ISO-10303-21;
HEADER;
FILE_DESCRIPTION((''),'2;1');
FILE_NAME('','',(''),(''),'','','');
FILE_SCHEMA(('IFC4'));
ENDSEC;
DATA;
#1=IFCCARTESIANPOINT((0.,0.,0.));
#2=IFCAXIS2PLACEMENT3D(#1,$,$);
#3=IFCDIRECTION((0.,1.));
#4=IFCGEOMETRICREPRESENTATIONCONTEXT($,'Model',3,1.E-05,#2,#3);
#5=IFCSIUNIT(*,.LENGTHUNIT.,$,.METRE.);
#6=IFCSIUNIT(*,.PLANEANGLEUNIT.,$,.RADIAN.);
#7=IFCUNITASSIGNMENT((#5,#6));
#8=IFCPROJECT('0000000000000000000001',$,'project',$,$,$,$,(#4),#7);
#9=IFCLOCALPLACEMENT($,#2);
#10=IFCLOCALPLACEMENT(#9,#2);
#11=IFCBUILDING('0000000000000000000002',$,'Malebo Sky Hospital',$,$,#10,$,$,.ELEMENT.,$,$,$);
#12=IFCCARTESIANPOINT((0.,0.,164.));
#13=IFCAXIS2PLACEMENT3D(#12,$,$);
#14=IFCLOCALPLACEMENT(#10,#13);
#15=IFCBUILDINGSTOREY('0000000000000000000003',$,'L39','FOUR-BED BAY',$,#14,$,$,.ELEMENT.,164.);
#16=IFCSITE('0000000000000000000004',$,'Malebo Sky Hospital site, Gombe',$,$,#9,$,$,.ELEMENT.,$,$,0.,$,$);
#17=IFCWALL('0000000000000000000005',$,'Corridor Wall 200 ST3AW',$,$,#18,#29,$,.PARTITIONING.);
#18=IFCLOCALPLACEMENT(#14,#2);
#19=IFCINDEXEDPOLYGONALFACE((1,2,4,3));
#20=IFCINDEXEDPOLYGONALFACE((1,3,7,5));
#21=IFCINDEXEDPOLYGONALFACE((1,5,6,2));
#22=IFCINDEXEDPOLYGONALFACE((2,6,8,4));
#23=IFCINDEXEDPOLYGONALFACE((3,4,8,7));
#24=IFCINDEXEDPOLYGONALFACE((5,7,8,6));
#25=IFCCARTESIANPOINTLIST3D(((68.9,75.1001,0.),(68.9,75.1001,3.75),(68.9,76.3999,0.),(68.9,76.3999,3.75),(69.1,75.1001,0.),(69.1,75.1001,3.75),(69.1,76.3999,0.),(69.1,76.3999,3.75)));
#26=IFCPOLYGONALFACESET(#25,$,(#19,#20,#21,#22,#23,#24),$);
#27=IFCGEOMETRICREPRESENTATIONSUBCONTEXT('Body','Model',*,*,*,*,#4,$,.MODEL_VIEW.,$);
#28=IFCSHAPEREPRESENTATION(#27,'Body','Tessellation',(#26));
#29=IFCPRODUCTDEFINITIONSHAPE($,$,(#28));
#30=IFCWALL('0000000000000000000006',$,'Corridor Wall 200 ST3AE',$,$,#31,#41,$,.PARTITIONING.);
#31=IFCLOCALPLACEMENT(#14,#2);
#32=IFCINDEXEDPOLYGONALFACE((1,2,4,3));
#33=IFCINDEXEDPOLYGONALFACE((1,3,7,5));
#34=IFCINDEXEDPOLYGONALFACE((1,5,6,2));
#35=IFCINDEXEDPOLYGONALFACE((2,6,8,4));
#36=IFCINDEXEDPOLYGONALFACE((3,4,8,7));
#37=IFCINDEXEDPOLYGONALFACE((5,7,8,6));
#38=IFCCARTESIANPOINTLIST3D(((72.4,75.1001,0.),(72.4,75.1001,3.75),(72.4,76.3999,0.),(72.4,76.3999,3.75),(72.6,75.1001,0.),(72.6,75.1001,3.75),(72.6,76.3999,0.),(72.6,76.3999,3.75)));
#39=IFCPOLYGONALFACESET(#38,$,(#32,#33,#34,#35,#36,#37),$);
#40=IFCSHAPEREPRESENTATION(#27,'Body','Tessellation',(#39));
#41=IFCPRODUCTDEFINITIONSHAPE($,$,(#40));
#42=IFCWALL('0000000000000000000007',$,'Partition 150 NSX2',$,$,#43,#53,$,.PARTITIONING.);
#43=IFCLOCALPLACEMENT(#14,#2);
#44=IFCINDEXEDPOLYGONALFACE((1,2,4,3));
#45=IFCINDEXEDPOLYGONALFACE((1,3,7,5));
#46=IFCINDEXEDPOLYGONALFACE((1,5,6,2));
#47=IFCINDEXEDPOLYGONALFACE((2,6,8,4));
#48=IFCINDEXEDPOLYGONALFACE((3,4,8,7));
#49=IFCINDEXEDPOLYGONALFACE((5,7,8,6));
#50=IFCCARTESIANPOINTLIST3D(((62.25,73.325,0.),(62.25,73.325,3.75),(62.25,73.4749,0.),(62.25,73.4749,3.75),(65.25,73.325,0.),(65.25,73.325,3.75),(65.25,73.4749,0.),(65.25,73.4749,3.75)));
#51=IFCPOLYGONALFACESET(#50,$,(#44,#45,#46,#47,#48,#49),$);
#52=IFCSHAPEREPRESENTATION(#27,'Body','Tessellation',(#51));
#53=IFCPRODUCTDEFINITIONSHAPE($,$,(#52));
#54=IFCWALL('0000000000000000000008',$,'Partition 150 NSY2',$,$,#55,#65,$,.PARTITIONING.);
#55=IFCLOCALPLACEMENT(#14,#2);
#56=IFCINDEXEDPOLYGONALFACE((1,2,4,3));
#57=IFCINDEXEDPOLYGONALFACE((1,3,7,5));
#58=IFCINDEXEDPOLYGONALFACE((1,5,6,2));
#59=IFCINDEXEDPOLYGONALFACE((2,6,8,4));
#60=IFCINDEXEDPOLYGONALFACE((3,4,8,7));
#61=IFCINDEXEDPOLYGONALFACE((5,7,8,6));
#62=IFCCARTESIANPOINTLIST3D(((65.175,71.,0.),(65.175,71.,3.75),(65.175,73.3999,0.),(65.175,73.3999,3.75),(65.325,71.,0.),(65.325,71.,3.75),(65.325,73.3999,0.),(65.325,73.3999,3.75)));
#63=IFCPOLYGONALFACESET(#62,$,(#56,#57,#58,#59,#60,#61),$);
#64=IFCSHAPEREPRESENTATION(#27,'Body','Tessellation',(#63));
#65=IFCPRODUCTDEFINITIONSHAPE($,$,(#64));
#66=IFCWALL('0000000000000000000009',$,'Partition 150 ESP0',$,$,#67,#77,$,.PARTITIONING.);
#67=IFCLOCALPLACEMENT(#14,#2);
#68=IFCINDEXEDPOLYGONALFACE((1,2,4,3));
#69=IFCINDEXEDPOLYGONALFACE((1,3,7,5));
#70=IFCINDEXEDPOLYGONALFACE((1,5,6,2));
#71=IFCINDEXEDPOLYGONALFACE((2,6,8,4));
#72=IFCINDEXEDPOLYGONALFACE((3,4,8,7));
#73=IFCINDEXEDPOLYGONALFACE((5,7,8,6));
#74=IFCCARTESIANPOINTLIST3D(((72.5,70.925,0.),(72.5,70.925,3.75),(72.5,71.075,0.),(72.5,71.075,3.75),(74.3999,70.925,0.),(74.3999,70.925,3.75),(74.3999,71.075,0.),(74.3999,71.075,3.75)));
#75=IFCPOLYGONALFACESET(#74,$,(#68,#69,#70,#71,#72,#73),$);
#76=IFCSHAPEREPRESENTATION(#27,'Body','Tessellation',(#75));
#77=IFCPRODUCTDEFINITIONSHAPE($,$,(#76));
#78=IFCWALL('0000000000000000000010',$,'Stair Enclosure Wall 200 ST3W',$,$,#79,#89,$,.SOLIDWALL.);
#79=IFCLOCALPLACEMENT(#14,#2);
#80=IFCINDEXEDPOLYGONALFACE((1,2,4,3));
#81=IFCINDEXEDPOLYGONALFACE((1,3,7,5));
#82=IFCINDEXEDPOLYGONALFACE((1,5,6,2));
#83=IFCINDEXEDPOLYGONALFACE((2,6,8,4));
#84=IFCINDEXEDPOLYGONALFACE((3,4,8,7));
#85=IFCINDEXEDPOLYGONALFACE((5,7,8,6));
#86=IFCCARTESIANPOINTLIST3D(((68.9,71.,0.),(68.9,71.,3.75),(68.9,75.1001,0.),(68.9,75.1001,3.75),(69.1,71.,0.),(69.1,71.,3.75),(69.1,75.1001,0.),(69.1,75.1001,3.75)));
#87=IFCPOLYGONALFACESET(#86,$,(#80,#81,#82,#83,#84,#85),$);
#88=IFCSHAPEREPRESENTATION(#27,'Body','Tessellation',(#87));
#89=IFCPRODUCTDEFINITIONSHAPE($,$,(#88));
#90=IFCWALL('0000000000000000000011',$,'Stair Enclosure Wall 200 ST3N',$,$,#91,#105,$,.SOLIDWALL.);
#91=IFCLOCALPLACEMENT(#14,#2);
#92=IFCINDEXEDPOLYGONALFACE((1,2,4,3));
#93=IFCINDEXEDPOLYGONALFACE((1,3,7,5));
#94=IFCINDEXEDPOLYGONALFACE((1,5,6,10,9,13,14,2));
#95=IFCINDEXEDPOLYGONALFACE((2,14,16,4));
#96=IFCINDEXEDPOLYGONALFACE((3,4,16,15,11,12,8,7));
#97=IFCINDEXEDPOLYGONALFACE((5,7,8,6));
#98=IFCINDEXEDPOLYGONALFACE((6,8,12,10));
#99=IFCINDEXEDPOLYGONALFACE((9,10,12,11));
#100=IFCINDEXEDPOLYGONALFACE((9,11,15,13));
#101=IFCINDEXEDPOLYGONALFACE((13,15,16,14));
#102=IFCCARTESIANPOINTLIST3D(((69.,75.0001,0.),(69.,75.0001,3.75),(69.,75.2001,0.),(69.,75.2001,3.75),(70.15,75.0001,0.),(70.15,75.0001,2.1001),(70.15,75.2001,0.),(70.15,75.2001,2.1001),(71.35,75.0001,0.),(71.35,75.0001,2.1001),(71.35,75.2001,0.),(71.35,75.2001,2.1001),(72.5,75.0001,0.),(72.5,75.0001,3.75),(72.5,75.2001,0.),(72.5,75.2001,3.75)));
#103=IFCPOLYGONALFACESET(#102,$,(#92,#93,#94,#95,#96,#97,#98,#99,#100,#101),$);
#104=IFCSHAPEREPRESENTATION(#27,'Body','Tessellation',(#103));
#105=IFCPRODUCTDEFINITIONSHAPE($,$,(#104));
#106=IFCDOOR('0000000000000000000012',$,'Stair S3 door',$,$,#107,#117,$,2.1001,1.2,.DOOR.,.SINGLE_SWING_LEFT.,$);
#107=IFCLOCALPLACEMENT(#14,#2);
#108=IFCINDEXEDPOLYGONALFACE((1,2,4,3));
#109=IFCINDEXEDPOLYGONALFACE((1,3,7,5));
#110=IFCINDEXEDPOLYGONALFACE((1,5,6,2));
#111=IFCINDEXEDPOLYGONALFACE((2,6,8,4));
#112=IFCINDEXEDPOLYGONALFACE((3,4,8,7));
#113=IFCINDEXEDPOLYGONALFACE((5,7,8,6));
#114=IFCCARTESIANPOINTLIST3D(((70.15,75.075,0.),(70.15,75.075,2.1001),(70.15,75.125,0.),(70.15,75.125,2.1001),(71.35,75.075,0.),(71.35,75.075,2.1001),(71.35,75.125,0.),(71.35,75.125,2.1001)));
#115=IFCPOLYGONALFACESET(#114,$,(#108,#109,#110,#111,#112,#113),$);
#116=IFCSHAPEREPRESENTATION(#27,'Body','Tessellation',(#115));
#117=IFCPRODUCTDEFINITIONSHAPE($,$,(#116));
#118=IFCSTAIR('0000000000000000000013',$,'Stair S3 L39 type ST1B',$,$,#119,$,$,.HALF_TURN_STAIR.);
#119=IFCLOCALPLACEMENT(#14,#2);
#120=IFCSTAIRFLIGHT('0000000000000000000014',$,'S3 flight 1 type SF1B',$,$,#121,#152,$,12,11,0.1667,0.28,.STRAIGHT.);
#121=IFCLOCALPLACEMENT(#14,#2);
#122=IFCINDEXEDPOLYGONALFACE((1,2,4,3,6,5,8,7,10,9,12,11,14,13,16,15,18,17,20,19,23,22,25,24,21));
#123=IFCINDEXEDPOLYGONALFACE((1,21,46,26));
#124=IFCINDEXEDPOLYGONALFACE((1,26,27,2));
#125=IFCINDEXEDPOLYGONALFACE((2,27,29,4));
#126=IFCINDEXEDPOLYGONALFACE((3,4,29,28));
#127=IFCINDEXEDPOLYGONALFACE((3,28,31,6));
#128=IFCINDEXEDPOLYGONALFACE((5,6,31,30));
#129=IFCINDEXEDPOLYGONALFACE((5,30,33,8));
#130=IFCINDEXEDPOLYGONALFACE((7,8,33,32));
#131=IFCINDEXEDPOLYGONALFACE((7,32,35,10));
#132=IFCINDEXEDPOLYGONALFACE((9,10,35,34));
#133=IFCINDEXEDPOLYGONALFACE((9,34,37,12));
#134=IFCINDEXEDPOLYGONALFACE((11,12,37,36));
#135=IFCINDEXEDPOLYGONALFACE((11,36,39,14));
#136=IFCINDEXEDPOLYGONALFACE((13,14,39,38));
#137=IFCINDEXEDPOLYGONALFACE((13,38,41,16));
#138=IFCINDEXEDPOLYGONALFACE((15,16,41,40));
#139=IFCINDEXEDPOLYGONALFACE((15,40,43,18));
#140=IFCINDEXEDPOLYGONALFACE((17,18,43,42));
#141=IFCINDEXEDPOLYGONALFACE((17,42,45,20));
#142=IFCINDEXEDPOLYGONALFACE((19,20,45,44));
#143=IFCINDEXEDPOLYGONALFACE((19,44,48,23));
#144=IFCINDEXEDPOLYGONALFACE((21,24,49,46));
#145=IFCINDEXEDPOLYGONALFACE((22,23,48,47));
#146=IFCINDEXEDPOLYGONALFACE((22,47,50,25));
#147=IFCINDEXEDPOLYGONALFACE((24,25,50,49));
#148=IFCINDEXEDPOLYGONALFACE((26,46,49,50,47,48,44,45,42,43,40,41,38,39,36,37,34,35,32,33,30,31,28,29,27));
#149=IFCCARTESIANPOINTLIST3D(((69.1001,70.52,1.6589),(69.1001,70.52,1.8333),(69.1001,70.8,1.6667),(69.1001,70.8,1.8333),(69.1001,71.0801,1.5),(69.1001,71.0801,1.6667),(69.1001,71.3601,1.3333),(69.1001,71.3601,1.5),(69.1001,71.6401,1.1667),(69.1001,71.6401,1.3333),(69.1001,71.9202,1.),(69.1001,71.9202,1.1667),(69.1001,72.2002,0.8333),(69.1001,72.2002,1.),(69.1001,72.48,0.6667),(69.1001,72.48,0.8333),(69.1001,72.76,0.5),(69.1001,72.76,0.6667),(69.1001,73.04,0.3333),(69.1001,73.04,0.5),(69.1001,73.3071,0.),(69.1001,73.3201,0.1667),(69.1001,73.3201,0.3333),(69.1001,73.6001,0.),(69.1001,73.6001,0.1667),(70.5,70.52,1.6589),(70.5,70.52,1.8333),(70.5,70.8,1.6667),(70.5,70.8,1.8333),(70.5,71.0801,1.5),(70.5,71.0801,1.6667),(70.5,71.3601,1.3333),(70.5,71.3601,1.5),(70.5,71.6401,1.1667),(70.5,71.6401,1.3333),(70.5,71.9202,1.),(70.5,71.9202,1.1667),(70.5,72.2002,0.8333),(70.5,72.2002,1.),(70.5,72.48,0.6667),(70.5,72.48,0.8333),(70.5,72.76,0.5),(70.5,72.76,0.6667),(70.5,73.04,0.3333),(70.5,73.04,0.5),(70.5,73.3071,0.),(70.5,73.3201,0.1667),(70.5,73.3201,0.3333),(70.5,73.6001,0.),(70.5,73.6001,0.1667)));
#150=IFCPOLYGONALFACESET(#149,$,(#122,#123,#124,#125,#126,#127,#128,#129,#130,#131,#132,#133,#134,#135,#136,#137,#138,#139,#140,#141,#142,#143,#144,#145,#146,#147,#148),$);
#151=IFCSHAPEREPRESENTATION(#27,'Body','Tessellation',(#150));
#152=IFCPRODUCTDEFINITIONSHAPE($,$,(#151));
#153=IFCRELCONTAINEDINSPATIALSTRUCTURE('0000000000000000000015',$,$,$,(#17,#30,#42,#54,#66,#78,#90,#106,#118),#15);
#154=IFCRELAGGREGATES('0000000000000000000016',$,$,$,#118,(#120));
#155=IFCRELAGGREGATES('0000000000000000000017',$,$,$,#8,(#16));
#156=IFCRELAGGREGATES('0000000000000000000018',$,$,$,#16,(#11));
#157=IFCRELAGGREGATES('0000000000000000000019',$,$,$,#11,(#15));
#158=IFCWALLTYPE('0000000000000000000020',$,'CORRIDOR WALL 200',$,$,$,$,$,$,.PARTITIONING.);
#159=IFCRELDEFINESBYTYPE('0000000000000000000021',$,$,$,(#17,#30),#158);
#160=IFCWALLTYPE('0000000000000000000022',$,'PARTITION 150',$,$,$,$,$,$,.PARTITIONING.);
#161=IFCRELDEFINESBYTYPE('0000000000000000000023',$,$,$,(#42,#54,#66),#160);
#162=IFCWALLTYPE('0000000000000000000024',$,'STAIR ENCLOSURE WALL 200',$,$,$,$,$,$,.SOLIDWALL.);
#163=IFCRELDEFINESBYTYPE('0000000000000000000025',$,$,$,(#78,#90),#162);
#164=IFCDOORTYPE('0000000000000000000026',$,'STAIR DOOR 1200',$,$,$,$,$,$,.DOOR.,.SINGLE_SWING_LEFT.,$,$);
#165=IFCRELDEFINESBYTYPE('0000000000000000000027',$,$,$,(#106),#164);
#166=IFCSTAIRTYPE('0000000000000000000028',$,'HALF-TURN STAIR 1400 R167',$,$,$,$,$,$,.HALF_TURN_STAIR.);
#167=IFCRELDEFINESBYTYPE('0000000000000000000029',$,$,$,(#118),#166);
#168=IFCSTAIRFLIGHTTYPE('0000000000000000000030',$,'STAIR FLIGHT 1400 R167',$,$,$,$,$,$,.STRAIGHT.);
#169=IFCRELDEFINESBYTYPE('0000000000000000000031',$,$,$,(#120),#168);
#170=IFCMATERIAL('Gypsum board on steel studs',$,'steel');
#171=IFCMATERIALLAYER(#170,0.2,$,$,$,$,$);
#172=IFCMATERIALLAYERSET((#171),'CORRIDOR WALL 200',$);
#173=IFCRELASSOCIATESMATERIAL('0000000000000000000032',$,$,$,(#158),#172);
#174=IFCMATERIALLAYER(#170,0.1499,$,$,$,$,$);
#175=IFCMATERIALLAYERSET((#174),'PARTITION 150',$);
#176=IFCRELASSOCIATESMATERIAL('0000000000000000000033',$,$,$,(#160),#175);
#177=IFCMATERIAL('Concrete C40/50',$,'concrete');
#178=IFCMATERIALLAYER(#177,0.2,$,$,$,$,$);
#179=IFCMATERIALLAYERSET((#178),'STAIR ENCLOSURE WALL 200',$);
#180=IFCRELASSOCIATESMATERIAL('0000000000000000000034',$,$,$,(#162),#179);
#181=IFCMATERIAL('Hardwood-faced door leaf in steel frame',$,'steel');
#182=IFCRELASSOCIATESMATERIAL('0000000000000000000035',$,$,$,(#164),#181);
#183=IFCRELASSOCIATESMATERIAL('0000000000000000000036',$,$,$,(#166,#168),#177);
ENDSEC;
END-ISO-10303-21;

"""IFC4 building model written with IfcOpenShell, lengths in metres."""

from ifc_helpers import new_model, si_unit, direction, frame, frame_2d, origin, place, context, subcontext, project, spatial, polyline, rectangle, outline, extrude, material, layer, layer_set, type_object, element, fill, aggregate, save


model = new_model("IFC4")

# Units and contexts
model_context = context("Model", 3, precision=1e-05, world=origin(), true_north=direction((0.0, 1.0)))
body_context = subcontext(model_context, "Body", "Model", "MODEL_VIEW")
ifc_project = project(units=[si_unit("LENGTHUNIT", "METRE"), si_unit("PLANEANGLEUNIT", "RADIAN")], contexts=[model_context])

# Site, building, storey
site_placement = place(None, origin())
site = spatial("IfcSite", under=ifc_project, at=site_placement, Name="Malebo Sky Hospital site, Gombe", CompositionType="ELEMENT", RefElevation=0.0)
building_placement = place(site_placement, origin())
building = spatial("IfcBuilding", under=site, at=building_placement, Name="Malebo Sky Hospital", CompositionType="ELEMENT")
storey_placement = place(building_placement, frame((0.0, 0.0, 164.0)))
storey = spatial("IfcBuildingStorey", under=building, at=storey_placement, Name="L39", Description="FOUR-BED BAY", CompositionType="ELEMENT", Elevation=164.0)

# Walls
ifc_material_1 = material(Name="Gypsum board on steel studs", Category="steel")
ifc_layer_1 = layer(ifc_material_1, 0.2)
ifc_layer_set_1 = layer_set([ifc_layer_1], Name="CORRIDOR WALL 200")
wall_type_1 = type_object("IfcWallType", Name="CORRIDOR WALL 200", PredefinedType="PARTITIONING", material=ifc_layer_set_1)
for number, where, z_axis, x_axis, name in (
    (1, (69.0, 75.1001, 0.0), (0.0, 0.0, 1.0), (0.0, 1.0, 0.0), "Corridor Wall 200 ST3AW"),
    (2, (72.5, 75.1001, 0.0), (0.0, 0.0, 1.0), (0.0, 1.0, 0.0), "Corridor Wall 200 ST3AE"),
):
    element("IfcWall", number, at=place(storey_placement, frame(where, z_axis=z_axis, x_axis=x_axis)), inside=storey, type_object=wall_type_1, Name=name, PredefinedType="PARTITIONING", context=body_context, shape_type="SweptSolid", body=[
        extrude(rectangle(XDim=1.2998, YDim=0.2, at=frame_2d((0.6499, 0.0))), origin(), (0.0, 0.0, 1.0), 3.75),
    ])
ifc_layer_2 = layer(ifc_material_1, 0.1499)
ifc_layer_set_2 = layer_set([ifc_layer_2], Name="PARTITION 150")
wall_type_2 = type_object("IfcWallType", Name="PARTITION 150", PredefinedType="PARTITIONING", material=ifc_layer_set_2)
wall_1_placement = place(storey_placement, frame((62.25, 73.3999, 0.0), z_axis=(0.0, 0.0, 1.0), x_axis=(1.0, 0.0, 0.0)))
element("IfcWall", 3, at=wall_1_placement, inside=storey, type_object=wall_type_2, Name="Partition 150 NSX2", PredefinedType="PARTITIONING", context=body_context, shape_type="SweptSolid", body=[
    extrude(rectangle(XDim=3.0, YDim=0.1499, at=frame_2d((1.5, 0.0))), origin(), (0.0, 0.0, 1.0), 3.75),
])
wall_2_placement = place(storey_placement, frame((65.25, 71.0, 0.0), z_axis=(0.0, 0.0, 1.0), x_axis=(0.0, 1.0, 0.0)))
element("IfcWall", 4, at=wall_2_placement, inside=storey, type_object=wall_type_2, Name="Partition 150 NSY2", PredefinedType="PARTITIONING", context=body_context, shape_type="SweptSolid", body=[
    extrude(rectangle(XDim=2.3999, YDim=0.1499, at=frame_2d((1.2, 0.0))), origin(), (0.0, 0.0, 1.0), 3.75),
])
wall_3_placement = place(storey_placement, frame((72.5, 71.0, 0.0), z_axis=(0.0, 0.0, 1.0), x_axis=(1.0, 0.0, 0.0)))
element("IfcWall", 5, at=wall_3_placement, inside=storey, type_object=wall_type_2, Name="Partition 150 ESP0", PredefinedType="PARTITIONING", context=body_context, shape_type="SweptSolid", body=[
    extrude(rectangle(XDim=1.8999, YDim=0.1499, at=frame_2d((0.95, 0.0))), origin(), (0.0, 0.0, 1.0), 3.75),
])
ifc_material_2 = material(Name="Concrete C40/50", Category="concrete")
ifc_layer_3 = layer(ifc_material_2, 0.2)
ifc_layer_set_3 = layer_set([ifc_layer_3], Name="STAIR ENCLOSURE WALL 200")
wall_type_3 = type_object("IfcWallType", Name="STAIR ENCLOSURE WALL 200", PredefinedType="SOLIDWALL", material=ifc_layer_set_3)
wall_4_placement = place(storey_placement, frame((69.0, 71.0, 0.0), z_axis=(0.0, 0.0, 1.0), x_axis=(0.0, 1.0, 0.0)))
element("IfcWall", 6, at=wall_4_placement, inside=storey, type_object=wall_type_3, Name="Stair Enclosure Wall 200 ST3W", PredefinedType="SOLIDWALL", context=body_context, shape_type="SweptSolid", body=[
    extrude(rectangle(XDim=4.1001, YDim=0.2, at=frame_2d((2.05, 0.0))), origin(), (0.0, 0.0, 1.0), 3.75),
])

# Wall, opening, door
wall_5_placement = place(storey_placement, frame((69.0, 75.1001, 0.0), z_axis=(0.0, 0.0, 1.0), x_axis=(1.0, 0.0, 0.0)))
wall_5 = element("IfcWall", 7, at=wall_5_placement, inside=storey, type_object=wall_type_3, Name="Stair Enclosure Wall 200 ST3N", PredefinedType="SOLIDWALL", context=body_context, shape_type="SweptSolid", body=[
    extrude(rectangle(XDim=3.5, YDim=0.2, at=frame_2d((1.75, 0.0))), origin(), (0.0, 0.0, 1.0), 3.75),
])
opening_placement = place(wall_5_placement, frame((1.1499, 0.0, 0.0)))
opening = element("IfcOpeningElement", 8, at=opening_placement, cuts=wall_5, PredefinedType="OPENING", context=body_context, shape_type="SweptSolid", body=[
    extrude(rectangle(XDim=1.2, YDim=2.1001, at=frame_2d((0.6001, 1.05))), frame((0.0, 0.1099, 0.0), z_axis=(0.0, -1.0, 0.0), x_axis=(1.0, 0.0, 0.0)), (0.0, 0.0, 1.0), 0.22),
])
ifc_material_3 = material(Name="Hardwood-faced door leaf in steel frame", Category="steel")
door_type = type_object("IfcDoorType", Name="STAIR DOOR 1200", OperationType="SINGLE_SWING_LEFT", PredefinedType="DOOR", material=ifc_material_3)
door_placement = place(opening_placement, origin())
door = element("IfcDoor", 9, at=door_placement, inside=storey, type_object=door_type, Name="Stair S3 door", OperationType="SINGLE_SWING_LEFT", OverallHeight=2.1001, OverallWidth=1.2, PredefinedType="DOOR", context=body_context, shape_type="SweptSolid", body=[
    extrude(rectangle(XDim=1.2, YDim=2.1001, at=frame_2d((0.6001, 1.05))), frame((0.0, 0.0249, 0.0), z_axis=(0.0, -1.0, 0.0), x_axis=(1.0, 0.0, 0.0)), (0.0, 0.0, 1.0), 0.05),
])
fill(opening, door)

# Stair, stair flight
stair_type = type_object("IfcStairType", Name="HALF-TURN STAIR 1400 R167", PredefinedType="HALF_TURN_STAIR", material=ifc_material_2)
stair_placement = place(storey_placement, origin())
stair = element("IfcStair", 10, at=stair_placement, inside=storey, type_object=stair_type, Name="Stair S3 L39 type ST1B", PredefinedType="HALF_TURN_STAIR")
stair_flight_type = type_object("IfcStairFlightType", Name="STAIR FLIGHT 1400 R167", PredefinedType="STRAIGHT", material=ifc_material_2)
stair_flight_placement = place(storey_placement, frame((69.8, 73.6001, 0.0), z_axis=(0.0, 0.0, 1.0), x_axis=(0.0, -1.0, 0.0)))
stair_flight = element("IfcStairFlight", 11, at=stair_flight_placement, type_object=stair_flight_type, Name="S3 flight 1 type SF1B", NumberOfRisers=12, NumberOfTreads=11, PredefinedType="STRAIGHT", RiserHeight=0.1667, TreadLength=0.28, context=body_context, shape_type="SweptSolid", body=[
    extrude(outline(polyline([(0.0, 0.0), (0.0, 0.1667), (0.28, 0.1667), (0.28, 0.3333), (0.5601, 0.3333), (0.5601, 0.5), (0.8401, 0.5), (0.8401, 0.6667), (1.1201, 0.6667), (1.1201, 0.8333), (1.3999, 0.8333), (1.3999, 1.0), (1.6799, 1.0), (1.6799, 1.1667), (1.96, 1.1667), (1.96, 1.3333), (2.24, 1.3333), (2.24, 1.5), (2.52, 1.5), (2.52, 1.6667), (2.8, 1.6667), (2.8, 1.8333), (3.0801, 1.8333), (3.0801, 2.0), (3.0801, 1.6589), (0.293, 0.0), (0.0, 0.0)])), frame((0.0, 0.7, 0.0), z_axis=(0.0, -1.0, 0.0), x_axis=(1.0, 0.0, 0.0)), (0.0, 0.0, 1.0), 1.3999),
])
aggregate(stair, [stair_flight])

save(model, "model.ifc")
